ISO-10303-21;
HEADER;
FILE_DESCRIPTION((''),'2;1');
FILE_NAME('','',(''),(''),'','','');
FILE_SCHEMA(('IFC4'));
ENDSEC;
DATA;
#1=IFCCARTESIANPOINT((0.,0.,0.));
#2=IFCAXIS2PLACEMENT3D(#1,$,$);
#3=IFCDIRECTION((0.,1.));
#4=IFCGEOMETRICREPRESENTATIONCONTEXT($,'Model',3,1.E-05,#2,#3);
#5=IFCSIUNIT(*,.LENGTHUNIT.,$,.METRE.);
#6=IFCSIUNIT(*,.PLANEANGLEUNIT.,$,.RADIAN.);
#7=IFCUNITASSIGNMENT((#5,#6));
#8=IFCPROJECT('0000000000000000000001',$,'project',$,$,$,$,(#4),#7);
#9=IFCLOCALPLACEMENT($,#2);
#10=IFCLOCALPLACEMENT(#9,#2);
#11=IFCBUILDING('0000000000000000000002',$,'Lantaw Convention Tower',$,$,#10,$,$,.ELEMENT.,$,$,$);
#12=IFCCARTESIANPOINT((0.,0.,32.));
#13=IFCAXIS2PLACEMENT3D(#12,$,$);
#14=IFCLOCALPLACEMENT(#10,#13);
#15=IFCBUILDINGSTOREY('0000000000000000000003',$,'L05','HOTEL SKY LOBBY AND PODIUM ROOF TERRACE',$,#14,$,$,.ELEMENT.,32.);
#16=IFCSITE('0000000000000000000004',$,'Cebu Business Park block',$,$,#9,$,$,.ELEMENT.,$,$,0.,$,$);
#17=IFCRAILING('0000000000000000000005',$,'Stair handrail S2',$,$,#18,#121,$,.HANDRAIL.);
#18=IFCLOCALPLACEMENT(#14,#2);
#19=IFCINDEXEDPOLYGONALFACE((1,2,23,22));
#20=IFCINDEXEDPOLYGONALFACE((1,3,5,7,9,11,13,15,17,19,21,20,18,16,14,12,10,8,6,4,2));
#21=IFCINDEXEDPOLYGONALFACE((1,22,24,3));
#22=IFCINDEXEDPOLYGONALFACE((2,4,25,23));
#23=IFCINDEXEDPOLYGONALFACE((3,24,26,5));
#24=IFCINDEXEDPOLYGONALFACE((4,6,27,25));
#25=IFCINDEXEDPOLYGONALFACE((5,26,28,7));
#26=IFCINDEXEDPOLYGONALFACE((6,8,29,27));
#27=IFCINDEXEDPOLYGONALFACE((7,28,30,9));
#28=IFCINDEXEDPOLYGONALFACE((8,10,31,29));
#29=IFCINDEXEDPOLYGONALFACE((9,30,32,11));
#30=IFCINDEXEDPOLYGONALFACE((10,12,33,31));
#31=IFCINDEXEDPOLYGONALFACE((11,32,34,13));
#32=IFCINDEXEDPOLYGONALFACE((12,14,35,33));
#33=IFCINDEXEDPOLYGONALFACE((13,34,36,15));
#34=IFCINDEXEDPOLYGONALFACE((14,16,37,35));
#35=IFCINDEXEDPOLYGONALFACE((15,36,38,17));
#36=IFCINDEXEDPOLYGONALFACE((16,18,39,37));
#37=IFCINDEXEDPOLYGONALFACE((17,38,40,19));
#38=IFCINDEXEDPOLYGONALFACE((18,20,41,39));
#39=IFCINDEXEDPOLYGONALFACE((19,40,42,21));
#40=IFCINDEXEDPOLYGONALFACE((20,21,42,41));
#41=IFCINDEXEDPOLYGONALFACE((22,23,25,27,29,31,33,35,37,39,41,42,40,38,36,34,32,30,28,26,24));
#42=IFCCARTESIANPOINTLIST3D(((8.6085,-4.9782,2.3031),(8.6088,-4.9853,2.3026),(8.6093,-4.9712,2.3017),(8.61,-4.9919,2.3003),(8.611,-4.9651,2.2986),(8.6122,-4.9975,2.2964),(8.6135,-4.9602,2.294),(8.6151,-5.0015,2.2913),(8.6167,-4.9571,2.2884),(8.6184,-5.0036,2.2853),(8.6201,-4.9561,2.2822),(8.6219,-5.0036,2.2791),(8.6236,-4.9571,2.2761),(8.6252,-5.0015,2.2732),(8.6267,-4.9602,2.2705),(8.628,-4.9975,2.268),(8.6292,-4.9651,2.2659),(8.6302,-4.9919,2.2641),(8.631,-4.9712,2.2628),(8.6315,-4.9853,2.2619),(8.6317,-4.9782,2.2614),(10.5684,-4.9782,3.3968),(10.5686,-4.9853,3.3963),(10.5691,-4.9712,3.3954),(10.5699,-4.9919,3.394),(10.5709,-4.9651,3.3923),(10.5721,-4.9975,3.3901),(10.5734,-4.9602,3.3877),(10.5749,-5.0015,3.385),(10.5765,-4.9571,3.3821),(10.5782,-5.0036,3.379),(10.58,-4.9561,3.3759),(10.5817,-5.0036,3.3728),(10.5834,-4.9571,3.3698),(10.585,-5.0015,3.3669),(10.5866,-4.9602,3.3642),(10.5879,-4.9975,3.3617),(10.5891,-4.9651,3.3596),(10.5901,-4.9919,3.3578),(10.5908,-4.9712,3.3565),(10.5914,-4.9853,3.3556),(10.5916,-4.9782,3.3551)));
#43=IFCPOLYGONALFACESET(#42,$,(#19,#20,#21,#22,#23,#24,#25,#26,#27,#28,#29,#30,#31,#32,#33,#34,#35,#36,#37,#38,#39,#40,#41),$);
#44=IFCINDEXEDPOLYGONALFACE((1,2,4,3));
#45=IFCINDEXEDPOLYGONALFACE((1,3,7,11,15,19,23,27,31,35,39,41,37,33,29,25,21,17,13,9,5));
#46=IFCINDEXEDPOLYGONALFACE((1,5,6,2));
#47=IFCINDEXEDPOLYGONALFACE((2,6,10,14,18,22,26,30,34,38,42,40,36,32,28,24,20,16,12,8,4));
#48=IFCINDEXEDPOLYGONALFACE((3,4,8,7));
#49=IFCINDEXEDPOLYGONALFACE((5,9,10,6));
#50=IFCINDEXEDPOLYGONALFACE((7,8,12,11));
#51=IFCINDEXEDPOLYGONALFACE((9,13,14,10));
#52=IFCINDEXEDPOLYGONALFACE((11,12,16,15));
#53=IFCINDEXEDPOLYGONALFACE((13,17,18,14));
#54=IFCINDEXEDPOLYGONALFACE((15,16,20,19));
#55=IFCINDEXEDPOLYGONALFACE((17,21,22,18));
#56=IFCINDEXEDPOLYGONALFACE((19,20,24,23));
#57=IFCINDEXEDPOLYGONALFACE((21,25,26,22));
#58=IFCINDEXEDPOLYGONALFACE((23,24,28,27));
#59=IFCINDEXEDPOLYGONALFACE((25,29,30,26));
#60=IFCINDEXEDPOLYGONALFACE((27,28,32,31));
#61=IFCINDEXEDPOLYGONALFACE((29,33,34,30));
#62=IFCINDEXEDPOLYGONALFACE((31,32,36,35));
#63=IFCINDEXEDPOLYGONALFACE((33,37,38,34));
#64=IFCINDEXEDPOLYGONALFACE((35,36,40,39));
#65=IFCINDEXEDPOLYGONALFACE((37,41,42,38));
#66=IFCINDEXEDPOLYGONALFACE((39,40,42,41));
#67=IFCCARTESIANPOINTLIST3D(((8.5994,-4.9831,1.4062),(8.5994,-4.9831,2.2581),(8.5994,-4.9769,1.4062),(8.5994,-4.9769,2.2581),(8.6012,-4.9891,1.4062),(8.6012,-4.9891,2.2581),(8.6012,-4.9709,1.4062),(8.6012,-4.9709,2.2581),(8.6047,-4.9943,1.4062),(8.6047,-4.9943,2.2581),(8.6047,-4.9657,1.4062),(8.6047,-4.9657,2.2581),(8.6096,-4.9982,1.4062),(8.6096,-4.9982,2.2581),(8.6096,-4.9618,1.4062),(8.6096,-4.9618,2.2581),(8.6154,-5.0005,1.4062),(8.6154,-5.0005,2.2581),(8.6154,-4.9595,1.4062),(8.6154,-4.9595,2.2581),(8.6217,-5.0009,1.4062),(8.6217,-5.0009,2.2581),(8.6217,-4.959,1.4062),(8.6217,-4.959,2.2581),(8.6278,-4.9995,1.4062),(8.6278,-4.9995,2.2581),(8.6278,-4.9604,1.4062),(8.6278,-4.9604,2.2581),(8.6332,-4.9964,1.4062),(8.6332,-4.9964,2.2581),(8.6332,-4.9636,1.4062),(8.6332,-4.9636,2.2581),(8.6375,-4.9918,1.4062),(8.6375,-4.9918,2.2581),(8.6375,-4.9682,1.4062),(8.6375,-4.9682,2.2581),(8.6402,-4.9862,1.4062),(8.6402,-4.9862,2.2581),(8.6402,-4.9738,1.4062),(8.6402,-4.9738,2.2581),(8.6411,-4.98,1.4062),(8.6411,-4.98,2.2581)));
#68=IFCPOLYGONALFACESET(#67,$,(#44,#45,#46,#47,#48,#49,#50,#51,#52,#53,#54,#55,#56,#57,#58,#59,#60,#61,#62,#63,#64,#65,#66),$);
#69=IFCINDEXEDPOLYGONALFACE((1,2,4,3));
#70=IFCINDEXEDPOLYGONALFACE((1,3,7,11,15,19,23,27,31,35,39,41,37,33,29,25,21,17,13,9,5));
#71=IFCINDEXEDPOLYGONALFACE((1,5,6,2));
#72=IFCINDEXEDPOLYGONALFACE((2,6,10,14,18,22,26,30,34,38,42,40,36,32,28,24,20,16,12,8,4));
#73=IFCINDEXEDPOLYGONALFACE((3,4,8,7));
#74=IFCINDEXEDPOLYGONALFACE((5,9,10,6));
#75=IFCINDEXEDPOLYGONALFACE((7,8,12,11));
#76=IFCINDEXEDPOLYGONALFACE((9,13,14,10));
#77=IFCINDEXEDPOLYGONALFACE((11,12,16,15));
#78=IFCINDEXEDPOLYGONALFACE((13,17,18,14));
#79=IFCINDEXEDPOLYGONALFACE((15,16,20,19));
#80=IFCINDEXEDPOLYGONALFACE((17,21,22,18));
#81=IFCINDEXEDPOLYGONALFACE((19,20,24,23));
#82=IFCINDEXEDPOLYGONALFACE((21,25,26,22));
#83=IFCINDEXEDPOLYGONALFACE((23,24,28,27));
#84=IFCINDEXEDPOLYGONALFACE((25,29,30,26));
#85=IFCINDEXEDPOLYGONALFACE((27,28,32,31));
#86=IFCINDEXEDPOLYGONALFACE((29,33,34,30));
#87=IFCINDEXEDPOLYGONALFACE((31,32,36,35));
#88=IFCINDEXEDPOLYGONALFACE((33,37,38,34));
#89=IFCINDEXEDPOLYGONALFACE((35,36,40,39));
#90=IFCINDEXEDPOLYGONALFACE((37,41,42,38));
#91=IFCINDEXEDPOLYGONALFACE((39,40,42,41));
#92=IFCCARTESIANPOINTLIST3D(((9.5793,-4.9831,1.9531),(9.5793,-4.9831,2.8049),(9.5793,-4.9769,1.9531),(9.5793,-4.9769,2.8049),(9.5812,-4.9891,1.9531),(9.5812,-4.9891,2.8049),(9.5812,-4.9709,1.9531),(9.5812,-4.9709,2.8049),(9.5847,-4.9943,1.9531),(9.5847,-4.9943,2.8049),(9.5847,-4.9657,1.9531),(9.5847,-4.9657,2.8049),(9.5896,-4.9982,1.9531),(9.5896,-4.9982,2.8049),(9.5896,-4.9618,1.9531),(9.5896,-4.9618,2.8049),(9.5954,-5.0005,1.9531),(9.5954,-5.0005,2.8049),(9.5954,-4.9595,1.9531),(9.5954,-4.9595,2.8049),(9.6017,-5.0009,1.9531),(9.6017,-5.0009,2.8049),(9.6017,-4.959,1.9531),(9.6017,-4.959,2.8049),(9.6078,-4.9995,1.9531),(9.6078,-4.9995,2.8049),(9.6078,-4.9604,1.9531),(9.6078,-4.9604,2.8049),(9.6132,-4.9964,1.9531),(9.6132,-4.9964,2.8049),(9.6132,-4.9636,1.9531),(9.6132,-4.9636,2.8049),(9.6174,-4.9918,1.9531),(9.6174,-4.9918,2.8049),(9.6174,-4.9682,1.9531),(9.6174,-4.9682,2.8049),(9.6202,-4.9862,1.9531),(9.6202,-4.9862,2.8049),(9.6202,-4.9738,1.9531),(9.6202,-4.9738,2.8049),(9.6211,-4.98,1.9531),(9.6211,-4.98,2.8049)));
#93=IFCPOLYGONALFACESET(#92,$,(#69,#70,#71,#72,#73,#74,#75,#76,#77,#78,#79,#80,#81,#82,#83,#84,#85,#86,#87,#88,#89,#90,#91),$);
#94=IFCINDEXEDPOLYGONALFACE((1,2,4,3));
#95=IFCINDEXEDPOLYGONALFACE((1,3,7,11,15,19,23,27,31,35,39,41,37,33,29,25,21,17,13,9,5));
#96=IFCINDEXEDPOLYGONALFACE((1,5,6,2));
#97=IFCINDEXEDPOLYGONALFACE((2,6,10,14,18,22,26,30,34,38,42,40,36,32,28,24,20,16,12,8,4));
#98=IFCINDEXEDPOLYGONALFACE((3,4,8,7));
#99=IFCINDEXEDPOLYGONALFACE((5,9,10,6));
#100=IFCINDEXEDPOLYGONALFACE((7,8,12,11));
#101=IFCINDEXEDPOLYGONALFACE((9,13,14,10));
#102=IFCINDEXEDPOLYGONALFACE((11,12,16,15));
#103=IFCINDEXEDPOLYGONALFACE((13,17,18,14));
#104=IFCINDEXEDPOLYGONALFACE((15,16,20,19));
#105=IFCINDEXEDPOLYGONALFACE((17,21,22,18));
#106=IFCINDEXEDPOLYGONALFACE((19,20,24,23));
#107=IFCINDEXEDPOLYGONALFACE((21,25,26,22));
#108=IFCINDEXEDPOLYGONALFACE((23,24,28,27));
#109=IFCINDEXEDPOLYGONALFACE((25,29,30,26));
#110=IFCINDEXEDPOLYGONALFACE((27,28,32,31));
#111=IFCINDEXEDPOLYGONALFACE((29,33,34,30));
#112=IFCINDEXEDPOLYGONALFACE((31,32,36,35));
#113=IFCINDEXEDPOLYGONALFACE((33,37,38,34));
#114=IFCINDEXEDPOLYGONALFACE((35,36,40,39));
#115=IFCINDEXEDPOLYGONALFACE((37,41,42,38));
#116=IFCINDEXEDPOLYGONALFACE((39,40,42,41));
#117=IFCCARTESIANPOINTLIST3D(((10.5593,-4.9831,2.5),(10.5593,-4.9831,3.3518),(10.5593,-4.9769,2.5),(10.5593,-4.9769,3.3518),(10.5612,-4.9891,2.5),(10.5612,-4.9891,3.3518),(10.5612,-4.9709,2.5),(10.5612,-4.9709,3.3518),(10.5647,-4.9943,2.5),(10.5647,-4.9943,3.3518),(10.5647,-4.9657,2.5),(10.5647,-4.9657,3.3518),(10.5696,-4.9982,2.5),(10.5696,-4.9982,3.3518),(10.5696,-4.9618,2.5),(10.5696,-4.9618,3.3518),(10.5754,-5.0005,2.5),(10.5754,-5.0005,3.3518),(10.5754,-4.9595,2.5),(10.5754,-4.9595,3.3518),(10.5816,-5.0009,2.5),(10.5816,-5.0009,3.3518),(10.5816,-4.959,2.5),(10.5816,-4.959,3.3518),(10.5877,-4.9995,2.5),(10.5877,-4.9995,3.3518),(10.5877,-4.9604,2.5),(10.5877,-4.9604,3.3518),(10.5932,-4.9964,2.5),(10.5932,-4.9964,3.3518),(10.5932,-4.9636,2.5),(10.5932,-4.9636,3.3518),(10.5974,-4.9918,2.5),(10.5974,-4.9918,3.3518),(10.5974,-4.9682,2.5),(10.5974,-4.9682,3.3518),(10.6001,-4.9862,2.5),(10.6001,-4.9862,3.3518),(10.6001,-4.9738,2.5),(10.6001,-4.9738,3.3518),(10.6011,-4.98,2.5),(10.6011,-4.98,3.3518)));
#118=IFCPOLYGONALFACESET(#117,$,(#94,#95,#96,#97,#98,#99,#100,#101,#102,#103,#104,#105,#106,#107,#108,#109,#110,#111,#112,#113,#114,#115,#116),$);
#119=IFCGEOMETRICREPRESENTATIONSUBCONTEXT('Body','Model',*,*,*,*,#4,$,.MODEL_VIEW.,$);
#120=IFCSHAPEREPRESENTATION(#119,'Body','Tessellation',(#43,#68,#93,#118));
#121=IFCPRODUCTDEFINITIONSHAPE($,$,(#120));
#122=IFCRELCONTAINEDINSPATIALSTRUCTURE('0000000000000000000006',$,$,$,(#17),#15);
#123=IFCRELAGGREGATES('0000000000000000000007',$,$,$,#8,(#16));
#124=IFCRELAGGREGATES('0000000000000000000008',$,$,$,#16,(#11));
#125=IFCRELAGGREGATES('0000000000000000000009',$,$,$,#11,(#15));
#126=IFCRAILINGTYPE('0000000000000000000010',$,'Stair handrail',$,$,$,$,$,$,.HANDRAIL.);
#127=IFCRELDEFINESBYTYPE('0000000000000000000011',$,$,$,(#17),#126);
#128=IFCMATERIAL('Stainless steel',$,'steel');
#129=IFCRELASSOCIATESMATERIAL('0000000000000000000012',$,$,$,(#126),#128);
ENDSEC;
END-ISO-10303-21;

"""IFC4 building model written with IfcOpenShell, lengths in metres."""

from ifc_helpers import new_model, si_unit, direction, frame, origin, origin_2d, place, context, subcontext, project, spatial, circle, extrude, material, type_object, element, save


model = new_model("IFC4")

# Units and contexts
model_context = context("Model", 3, precision=1e-05, world=origin(), true_north=direction((0.0, 1.0)))
body_context = subcontext(model_context, "Body", "Model", "MODEL_VIEW")
ifc_project = project(units=[si_unit("LENGTHUNIT", "METRE"), si_unit("PLANEANGLEUNIT", "RADIAN")], contexts=[model_context])

# Site, building, storey
site_placement = place(None, origin())
site = spatial("IfcSite", under=ifc_project, at=site_placement, Name="Cebu Business Park block", CompositionType="ELEMENT", RefElevation=0.0)
building_placement = place(site_placement, origin())
building = spatial("IfcBuilding", under=site, at=building_placement, Name="Lantaw Convention Tower", CompositionType="ELEMENT")
storey_placement = place(building_placement, frame((0.0, 0.0, 32.0)))
storey = spatial("IfcBuildingStorey", under=building, at=storey_placement, Name="L05", Description="HOTEL SKY LOBBY AND PODIUM ROOF TERRACE", CompositionType="ELEMENT", Elevation=32.0)

# Railing
ifc_material_1 = material(Name="Stainless steel", Category="steel")
railing_type = type_object("IfcRailingType", Name="Stair handrail", PredefinedType="HANDRAIL", material=ifc_material_1)
railing_1_placement = place(storey_placement, frame((8.6201, -4.98, 1.4062)))
element("IfcRailing", 1, at=railing_1_placement, inside=storey, type_object=railing_type, Name="Stair handrail S2", PredefinedType="HANDRAIL", context=body_context, shape_type="SweptSolid", body=[
    extrude(circle(Radius=0.0239, at=origin_2d()), frame((0.0, 0.0, 0.876), z_axis=(0.873232, 0.0, 0.487304), x_axis=(0.0, 1.0, 0.0)), (0.0, 0.0, 1.0), 2.2444),
    extrude(circle(Radius=0.021, at=origin_2d()), origin(), (0.0, 0.0, 1.0), 0.8518),
    extrude(circle(Radius=0.021, at=origin_2d()), frame((0.98, 0.0, 0.5469)), (0.0, 0.0, 1.0), 0.8518),
    extrude(circle(Radius=0.021, at=origin_2d()), frame((1.96, 0.0, 1.0938)), (0.0, 0.0, 1.0), 0.8518),
])

save(model, "model.ifc")
